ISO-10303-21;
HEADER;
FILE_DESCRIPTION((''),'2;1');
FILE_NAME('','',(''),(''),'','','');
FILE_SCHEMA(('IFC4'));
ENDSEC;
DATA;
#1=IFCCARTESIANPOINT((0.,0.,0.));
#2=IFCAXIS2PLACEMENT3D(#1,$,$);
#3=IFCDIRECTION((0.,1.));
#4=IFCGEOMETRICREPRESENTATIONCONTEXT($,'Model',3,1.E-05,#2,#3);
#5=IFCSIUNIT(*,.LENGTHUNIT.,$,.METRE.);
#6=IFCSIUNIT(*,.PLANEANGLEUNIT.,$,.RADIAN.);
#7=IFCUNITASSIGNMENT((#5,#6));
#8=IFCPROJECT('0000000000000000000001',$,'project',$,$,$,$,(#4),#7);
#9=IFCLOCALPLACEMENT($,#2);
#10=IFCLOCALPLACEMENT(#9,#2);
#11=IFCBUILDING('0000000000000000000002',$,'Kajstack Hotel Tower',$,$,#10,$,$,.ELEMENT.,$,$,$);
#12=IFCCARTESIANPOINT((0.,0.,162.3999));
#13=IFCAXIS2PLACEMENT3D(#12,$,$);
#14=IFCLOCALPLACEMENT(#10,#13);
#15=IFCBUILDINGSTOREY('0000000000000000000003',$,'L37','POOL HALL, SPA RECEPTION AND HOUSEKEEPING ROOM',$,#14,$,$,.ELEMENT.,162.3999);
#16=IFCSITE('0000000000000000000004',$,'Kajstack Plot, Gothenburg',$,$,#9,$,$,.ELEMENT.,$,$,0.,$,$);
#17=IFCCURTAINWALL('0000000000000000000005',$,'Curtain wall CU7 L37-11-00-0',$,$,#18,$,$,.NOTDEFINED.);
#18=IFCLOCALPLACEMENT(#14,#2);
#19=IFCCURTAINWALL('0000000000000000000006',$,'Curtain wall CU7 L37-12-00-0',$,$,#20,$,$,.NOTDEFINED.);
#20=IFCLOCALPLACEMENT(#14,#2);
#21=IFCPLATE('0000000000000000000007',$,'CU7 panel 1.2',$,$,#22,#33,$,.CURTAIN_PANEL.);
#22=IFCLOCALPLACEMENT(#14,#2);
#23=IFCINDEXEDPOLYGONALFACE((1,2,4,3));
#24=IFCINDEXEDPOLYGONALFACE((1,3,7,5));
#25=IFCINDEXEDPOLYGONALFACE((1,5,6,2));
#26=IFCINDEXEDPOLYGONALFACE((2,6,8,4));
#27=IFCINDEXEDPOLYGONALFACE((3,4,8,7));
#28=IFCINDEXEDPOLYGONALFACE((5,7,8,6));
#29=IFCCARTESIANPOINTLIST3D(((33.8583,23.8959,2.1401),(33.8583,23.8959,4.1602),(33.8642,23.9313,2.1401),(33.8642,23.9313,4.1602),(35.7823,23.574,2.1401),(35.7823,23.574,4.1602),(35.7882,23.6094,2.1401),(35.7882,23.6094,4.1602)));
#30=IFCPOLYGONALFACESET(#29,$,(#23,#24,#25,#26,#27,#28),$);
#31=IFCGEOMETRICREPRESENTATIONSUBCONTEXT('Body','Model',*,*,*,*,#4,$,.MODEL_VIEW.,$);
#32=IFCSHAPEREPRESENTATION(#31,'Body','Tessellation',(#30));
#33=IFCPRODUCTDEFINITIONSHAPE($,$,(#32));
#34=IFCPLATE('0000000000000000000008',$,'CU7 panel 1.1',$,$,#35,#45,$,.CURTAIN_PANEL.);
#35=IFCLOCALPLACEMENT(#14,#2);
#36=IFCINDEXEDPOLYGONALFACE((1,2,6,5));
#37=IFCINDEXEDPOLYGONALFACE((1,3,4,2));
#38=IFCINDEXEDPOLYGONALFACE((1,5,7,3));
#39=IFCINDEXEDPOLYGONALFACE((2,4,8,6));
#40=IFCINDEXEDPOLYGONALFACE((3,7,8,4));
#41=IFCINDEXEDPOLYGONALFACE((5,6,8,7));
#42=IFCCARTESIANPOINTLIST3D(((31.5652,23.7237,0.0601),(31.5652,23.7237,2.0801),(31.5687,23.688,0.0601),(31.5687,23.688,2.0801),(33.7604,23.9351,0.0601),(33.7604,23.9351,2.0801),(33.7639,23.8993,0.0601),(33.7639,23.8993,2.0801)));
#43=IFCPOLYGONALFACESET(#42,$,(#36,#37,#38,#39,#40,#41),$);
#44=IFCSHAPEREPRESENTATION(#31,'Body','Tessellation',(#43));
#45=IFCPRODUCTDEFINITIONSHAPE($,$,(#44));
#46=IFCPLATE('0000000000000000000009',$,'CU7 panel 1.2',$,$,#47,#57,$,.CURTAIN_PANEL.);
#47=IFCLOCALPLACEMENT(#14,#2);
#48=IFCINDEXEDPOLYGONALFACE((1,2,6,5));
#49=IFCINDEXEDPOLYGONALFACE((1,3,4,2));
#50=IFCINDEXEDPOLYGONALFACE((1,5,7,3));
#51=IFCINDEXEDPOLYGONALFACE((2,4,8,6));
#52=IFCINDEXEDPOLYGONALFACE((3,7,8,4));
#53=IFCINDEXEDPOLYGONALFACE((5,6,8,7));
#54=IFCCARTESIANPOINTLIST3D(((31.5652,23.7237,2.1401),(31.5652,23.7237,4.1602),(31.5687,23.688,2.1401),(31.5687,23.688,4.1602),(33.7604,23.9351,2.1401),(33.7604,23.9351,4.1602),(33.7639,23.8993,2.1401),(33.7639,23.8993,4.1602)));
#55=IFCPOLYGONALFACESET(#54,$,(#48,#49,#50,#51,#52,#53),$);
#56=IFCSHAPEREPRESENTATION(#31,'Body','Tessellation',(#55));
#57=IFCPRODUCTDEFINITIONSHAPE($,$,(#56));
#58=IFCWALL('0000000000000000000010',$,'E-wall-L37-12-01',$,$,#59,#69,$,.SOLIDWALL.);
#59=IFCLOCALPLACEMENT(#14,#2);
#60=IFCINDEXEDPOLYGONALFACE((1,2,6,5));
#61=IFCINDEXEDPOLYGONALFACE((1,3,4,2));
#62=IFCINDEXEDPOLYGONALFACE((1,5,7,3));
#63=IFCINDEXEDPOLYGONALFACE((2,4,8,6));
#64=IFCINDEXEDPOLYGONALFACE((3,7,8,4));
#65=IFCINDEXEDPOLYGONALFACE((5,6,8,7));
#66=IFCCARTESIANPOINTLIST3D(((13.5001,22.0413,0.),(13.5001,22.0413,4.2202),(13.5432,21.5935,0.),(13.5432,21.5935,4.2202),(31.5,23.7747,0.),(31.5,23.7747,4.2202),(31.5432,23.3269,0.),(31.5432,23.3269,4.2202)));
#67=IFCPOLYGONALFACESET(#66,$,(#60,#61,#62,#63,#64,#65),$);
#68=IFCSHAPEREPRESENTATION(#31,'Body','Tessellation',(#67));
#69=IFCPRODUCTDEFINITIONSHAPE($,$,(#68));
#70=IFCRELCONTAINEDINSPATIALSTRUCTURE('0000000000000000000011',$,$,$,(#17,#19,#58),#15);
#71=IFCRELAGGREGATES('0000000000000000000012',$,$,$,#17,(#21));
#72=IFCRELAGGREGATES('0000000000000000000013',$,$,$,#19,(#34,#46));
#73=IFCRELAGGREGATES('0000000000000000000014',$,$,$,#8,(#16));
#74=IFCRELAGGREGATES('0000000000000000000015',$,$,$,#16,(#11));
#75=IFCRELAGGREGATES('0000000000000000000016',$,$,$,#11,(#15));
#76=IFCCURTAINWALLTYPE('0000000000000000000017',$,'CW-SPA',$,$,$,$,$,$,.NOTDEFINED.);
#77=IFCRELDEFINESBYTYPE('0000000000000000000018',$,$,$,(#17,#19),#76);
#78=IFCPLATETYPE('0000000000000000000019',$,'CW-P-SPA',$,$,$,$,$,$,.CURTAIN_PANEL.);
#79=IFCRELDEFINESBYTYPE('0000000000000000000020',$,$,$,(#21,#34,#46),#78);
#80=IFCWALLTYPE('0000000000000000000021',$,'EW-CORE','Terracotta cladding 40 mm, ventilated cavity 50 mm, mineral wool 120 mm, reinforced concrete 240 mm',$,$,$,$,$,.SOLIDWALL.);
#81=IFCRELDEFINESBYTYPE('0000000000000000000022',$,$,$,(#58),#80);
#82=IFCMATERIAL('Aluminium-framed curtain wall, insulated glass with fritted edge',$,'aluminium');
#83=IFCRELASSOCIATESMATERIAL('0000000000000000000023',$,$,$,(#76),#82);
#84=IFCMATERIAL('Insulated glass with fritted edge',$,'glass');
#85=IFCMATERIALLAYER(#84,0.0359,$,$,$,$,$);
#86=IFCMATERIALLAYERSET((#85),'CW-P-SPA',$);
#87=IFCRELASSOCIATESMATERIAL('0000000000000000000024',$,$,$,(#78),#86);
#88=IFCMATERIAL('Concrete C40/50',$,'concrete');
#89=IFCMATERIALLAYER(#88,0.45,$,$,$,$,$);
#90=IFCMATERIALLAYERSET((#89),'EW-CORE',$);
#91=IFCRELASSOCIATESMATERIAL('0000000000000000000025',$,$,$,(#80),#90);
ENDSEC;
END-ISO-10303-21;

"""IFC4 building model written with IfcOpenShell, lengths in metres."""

from ifc_helpers import new_model, si_unit, direction, frame, frame_2d, origin, origin_2d, place, context, subcontext, project, spatial, rectangle, extrude, material, layer, layer_set, type_object, element, aggregate, save


model = new_model("IFC4")

# Units and contexts
model_context = context("Model", 3, precision=1e-05, world=origin(), true_north=direction((0.0, 1.0)))
body_context = subcontext(model_context, "Body", "Model", "MODEL_VIEW")
ifc_project = project(units=[si_unit("LENGTHUNIT", "METRE"), si_unit("PLANEANGLEUNIT", "RADIAN")], contexts=[model_context])

# Site, building, storey
site_placement = place(None, origin())
site = spatial("IfcSite", under=ifc_project, at=site_placement, Name="Kajstack Plot, Gothenburg", CompositionType="ELEMENT", RefElevation=0.0)
building_placement = place(site_placement, origin())
building = spatial("IfcBuilding", under=site, at=building_placement, Name="Kajstack Hotel Tower", CompositionType="ELEMENT")
storey_placement = place(building_placement, frame((0.0, 0.0, 162.3999)))
storey = spatial("IfcBuildingStorey", under=building, at=storey_placement, Name="L37", Description="POOL HALL, SPA RECEPTION AND HOUSEKEEPING ROOM", CompositionType="ELEMENT", Elevation=162.3999)

# Shared definitions
ifc_material_1 = material(Name="Aluminium-framed curtain wall, insulated glass with fritted edge", Category="aluminium")
curtain_wall_type = type_object("IfcCurtainWallType", Name="CW-SPA", PredefinedType="NOTDEFINED", material=ifc_material_1)

# Curtain walls
curtain_wall_1_placement = place(storey_placement, origin())
curtain_wall_1 = element("IfcCurtainWall", 1, at=curtain_wall_1_placement, inside=storey, type_object=curtain_wall_type, Name="Curtain wall CU7 L37-11-00-0", PredefinedType="NOTDEFINED")
curtain_wall_2_placement = place(storey_placement, origin())
curtain_wall_2 = element("IfcCurtainWall", 2, at=curtain_wall_2_placement, inside=storey, type_object=curtain_wall_type, Name="Curtain wall CU7 L37-12-00-0", PredefinedType="NOTDEFINED")

# Plates
ifc_material_2 = material(Name="Insulated glass with fritted edge", Category="glass")
ifc_layer_1 = layer(ifc_material_2, 0.0359)
ifc_layer_set_1 = layer_set([ifc_layer_1], Name="CW-P-SPA")
plate_type = type_object("IfcPlateType", Name="CW-P-SPA", PredefinedType="CURTAIN_PANEL", material=ifc_layer_set_1)
plate_1_placement = place(storey_placement, frame((34.8232, 23.7527, 2.1401), z_axis=(0.0, 0.0, 1.0), x_axis=(-0.986289, 0.165025, 0.0)))
plate_1 = element("IfcPlate", 3, at=plate_1_placement, type_object=plate_type, Name="CU7 panel 1.2", PredefinedType="CURTAIN_PANEL", context=body_context, shape_type="SweptSolid", body=[
    extrude(rectangle(XDim=1.9507, YDim=0.0359, at=origin_2d()), origin(), (0.0, 0.0, 1.0), 2.02),
])
aggregate(curtain_wall_1, [plate_1])
plate_2_placement = place(storey_placement, frame((32.6646, 23.8115, 0.0601), z_axis=(0.0, 0.0, 1.0), x_axis=(-0.995396, -0.095845, 0.0)))
plate_2 = element("IfcPlate", 4, at=plate_2_placement, type_object=plate_type, Name="CU7 panel 1.1", PredefinedType="CURTAIN_PANEL", context=body_context, shape_type="SweptSolid", body=[
    extrude(rectangle(XDim=2.2053, YDim=0.0359, at=origin_2d()), origin(), (0.0, 0.0, 1.0), 2.02),
])
plate_3_placement = place(storey_placement, frame((32.6646, 23.8115, 2.1401), z_axis=(0.0, 0.0, 1.0), x_axis=(-0.995396, -0.095845, 0.0)))
plate_3 = element("IfcPlate", 5, at=plate_3_placement, type_object=plate_type, Name="CU7 panel 1.2", PredefinedType="CURTAIN_PANEL", context=body_context, shape_type="SweptSolid", body=[
    extrude(rectangle(XDim=2.2053, YDim=0.0359, at=origin_2d()), origin(), (0.0, 0.0, 1.0), 2.02),
])
aggregate(curtain_wall_2, [plate_2, plate_3])

# Wall
ifc_material_3 = material(Name="Concrete C40/50", Category="concrete")
ifc_layer_2 = layer(ifc_material_3, 0.45)
ifc_layer_set_2 = layer_set([ifc_layer_2], Name="EW-CORE")
wall_type = type_object("IfcWallType", Name="EW-CORE", Description="Terracotta cladding 40 mm, ventilated cavity 50 mm, mineral wool 120 mm, reinforced concrete 240 mm", PredefinedType="SOLIDWALL", material=ifc_layer_set_2)
wall_placement = place(storey_placement, frame((31.5215, 23.5508, 0.0), z_axis=(0.0, 0.0, 1.0), x_axis=(-0.995395, -0.095856, 0.0)))
element("IfcWall", 6, at=wall_placement, inside=storey, type_object=wall_type, Name="E-wall-L37-12-01", PredefinedType="SOLIDWALL", context=body_context, shape_type="SweptSolid", body=[
    extrude(rectangle(XDim=18.0833, YDim=0.45, at=frame_2d((9.0415, 0.0))), origin(), (0.0, 0.0, 1.0), 4.2202),
])

save(model, "model.ifc")
